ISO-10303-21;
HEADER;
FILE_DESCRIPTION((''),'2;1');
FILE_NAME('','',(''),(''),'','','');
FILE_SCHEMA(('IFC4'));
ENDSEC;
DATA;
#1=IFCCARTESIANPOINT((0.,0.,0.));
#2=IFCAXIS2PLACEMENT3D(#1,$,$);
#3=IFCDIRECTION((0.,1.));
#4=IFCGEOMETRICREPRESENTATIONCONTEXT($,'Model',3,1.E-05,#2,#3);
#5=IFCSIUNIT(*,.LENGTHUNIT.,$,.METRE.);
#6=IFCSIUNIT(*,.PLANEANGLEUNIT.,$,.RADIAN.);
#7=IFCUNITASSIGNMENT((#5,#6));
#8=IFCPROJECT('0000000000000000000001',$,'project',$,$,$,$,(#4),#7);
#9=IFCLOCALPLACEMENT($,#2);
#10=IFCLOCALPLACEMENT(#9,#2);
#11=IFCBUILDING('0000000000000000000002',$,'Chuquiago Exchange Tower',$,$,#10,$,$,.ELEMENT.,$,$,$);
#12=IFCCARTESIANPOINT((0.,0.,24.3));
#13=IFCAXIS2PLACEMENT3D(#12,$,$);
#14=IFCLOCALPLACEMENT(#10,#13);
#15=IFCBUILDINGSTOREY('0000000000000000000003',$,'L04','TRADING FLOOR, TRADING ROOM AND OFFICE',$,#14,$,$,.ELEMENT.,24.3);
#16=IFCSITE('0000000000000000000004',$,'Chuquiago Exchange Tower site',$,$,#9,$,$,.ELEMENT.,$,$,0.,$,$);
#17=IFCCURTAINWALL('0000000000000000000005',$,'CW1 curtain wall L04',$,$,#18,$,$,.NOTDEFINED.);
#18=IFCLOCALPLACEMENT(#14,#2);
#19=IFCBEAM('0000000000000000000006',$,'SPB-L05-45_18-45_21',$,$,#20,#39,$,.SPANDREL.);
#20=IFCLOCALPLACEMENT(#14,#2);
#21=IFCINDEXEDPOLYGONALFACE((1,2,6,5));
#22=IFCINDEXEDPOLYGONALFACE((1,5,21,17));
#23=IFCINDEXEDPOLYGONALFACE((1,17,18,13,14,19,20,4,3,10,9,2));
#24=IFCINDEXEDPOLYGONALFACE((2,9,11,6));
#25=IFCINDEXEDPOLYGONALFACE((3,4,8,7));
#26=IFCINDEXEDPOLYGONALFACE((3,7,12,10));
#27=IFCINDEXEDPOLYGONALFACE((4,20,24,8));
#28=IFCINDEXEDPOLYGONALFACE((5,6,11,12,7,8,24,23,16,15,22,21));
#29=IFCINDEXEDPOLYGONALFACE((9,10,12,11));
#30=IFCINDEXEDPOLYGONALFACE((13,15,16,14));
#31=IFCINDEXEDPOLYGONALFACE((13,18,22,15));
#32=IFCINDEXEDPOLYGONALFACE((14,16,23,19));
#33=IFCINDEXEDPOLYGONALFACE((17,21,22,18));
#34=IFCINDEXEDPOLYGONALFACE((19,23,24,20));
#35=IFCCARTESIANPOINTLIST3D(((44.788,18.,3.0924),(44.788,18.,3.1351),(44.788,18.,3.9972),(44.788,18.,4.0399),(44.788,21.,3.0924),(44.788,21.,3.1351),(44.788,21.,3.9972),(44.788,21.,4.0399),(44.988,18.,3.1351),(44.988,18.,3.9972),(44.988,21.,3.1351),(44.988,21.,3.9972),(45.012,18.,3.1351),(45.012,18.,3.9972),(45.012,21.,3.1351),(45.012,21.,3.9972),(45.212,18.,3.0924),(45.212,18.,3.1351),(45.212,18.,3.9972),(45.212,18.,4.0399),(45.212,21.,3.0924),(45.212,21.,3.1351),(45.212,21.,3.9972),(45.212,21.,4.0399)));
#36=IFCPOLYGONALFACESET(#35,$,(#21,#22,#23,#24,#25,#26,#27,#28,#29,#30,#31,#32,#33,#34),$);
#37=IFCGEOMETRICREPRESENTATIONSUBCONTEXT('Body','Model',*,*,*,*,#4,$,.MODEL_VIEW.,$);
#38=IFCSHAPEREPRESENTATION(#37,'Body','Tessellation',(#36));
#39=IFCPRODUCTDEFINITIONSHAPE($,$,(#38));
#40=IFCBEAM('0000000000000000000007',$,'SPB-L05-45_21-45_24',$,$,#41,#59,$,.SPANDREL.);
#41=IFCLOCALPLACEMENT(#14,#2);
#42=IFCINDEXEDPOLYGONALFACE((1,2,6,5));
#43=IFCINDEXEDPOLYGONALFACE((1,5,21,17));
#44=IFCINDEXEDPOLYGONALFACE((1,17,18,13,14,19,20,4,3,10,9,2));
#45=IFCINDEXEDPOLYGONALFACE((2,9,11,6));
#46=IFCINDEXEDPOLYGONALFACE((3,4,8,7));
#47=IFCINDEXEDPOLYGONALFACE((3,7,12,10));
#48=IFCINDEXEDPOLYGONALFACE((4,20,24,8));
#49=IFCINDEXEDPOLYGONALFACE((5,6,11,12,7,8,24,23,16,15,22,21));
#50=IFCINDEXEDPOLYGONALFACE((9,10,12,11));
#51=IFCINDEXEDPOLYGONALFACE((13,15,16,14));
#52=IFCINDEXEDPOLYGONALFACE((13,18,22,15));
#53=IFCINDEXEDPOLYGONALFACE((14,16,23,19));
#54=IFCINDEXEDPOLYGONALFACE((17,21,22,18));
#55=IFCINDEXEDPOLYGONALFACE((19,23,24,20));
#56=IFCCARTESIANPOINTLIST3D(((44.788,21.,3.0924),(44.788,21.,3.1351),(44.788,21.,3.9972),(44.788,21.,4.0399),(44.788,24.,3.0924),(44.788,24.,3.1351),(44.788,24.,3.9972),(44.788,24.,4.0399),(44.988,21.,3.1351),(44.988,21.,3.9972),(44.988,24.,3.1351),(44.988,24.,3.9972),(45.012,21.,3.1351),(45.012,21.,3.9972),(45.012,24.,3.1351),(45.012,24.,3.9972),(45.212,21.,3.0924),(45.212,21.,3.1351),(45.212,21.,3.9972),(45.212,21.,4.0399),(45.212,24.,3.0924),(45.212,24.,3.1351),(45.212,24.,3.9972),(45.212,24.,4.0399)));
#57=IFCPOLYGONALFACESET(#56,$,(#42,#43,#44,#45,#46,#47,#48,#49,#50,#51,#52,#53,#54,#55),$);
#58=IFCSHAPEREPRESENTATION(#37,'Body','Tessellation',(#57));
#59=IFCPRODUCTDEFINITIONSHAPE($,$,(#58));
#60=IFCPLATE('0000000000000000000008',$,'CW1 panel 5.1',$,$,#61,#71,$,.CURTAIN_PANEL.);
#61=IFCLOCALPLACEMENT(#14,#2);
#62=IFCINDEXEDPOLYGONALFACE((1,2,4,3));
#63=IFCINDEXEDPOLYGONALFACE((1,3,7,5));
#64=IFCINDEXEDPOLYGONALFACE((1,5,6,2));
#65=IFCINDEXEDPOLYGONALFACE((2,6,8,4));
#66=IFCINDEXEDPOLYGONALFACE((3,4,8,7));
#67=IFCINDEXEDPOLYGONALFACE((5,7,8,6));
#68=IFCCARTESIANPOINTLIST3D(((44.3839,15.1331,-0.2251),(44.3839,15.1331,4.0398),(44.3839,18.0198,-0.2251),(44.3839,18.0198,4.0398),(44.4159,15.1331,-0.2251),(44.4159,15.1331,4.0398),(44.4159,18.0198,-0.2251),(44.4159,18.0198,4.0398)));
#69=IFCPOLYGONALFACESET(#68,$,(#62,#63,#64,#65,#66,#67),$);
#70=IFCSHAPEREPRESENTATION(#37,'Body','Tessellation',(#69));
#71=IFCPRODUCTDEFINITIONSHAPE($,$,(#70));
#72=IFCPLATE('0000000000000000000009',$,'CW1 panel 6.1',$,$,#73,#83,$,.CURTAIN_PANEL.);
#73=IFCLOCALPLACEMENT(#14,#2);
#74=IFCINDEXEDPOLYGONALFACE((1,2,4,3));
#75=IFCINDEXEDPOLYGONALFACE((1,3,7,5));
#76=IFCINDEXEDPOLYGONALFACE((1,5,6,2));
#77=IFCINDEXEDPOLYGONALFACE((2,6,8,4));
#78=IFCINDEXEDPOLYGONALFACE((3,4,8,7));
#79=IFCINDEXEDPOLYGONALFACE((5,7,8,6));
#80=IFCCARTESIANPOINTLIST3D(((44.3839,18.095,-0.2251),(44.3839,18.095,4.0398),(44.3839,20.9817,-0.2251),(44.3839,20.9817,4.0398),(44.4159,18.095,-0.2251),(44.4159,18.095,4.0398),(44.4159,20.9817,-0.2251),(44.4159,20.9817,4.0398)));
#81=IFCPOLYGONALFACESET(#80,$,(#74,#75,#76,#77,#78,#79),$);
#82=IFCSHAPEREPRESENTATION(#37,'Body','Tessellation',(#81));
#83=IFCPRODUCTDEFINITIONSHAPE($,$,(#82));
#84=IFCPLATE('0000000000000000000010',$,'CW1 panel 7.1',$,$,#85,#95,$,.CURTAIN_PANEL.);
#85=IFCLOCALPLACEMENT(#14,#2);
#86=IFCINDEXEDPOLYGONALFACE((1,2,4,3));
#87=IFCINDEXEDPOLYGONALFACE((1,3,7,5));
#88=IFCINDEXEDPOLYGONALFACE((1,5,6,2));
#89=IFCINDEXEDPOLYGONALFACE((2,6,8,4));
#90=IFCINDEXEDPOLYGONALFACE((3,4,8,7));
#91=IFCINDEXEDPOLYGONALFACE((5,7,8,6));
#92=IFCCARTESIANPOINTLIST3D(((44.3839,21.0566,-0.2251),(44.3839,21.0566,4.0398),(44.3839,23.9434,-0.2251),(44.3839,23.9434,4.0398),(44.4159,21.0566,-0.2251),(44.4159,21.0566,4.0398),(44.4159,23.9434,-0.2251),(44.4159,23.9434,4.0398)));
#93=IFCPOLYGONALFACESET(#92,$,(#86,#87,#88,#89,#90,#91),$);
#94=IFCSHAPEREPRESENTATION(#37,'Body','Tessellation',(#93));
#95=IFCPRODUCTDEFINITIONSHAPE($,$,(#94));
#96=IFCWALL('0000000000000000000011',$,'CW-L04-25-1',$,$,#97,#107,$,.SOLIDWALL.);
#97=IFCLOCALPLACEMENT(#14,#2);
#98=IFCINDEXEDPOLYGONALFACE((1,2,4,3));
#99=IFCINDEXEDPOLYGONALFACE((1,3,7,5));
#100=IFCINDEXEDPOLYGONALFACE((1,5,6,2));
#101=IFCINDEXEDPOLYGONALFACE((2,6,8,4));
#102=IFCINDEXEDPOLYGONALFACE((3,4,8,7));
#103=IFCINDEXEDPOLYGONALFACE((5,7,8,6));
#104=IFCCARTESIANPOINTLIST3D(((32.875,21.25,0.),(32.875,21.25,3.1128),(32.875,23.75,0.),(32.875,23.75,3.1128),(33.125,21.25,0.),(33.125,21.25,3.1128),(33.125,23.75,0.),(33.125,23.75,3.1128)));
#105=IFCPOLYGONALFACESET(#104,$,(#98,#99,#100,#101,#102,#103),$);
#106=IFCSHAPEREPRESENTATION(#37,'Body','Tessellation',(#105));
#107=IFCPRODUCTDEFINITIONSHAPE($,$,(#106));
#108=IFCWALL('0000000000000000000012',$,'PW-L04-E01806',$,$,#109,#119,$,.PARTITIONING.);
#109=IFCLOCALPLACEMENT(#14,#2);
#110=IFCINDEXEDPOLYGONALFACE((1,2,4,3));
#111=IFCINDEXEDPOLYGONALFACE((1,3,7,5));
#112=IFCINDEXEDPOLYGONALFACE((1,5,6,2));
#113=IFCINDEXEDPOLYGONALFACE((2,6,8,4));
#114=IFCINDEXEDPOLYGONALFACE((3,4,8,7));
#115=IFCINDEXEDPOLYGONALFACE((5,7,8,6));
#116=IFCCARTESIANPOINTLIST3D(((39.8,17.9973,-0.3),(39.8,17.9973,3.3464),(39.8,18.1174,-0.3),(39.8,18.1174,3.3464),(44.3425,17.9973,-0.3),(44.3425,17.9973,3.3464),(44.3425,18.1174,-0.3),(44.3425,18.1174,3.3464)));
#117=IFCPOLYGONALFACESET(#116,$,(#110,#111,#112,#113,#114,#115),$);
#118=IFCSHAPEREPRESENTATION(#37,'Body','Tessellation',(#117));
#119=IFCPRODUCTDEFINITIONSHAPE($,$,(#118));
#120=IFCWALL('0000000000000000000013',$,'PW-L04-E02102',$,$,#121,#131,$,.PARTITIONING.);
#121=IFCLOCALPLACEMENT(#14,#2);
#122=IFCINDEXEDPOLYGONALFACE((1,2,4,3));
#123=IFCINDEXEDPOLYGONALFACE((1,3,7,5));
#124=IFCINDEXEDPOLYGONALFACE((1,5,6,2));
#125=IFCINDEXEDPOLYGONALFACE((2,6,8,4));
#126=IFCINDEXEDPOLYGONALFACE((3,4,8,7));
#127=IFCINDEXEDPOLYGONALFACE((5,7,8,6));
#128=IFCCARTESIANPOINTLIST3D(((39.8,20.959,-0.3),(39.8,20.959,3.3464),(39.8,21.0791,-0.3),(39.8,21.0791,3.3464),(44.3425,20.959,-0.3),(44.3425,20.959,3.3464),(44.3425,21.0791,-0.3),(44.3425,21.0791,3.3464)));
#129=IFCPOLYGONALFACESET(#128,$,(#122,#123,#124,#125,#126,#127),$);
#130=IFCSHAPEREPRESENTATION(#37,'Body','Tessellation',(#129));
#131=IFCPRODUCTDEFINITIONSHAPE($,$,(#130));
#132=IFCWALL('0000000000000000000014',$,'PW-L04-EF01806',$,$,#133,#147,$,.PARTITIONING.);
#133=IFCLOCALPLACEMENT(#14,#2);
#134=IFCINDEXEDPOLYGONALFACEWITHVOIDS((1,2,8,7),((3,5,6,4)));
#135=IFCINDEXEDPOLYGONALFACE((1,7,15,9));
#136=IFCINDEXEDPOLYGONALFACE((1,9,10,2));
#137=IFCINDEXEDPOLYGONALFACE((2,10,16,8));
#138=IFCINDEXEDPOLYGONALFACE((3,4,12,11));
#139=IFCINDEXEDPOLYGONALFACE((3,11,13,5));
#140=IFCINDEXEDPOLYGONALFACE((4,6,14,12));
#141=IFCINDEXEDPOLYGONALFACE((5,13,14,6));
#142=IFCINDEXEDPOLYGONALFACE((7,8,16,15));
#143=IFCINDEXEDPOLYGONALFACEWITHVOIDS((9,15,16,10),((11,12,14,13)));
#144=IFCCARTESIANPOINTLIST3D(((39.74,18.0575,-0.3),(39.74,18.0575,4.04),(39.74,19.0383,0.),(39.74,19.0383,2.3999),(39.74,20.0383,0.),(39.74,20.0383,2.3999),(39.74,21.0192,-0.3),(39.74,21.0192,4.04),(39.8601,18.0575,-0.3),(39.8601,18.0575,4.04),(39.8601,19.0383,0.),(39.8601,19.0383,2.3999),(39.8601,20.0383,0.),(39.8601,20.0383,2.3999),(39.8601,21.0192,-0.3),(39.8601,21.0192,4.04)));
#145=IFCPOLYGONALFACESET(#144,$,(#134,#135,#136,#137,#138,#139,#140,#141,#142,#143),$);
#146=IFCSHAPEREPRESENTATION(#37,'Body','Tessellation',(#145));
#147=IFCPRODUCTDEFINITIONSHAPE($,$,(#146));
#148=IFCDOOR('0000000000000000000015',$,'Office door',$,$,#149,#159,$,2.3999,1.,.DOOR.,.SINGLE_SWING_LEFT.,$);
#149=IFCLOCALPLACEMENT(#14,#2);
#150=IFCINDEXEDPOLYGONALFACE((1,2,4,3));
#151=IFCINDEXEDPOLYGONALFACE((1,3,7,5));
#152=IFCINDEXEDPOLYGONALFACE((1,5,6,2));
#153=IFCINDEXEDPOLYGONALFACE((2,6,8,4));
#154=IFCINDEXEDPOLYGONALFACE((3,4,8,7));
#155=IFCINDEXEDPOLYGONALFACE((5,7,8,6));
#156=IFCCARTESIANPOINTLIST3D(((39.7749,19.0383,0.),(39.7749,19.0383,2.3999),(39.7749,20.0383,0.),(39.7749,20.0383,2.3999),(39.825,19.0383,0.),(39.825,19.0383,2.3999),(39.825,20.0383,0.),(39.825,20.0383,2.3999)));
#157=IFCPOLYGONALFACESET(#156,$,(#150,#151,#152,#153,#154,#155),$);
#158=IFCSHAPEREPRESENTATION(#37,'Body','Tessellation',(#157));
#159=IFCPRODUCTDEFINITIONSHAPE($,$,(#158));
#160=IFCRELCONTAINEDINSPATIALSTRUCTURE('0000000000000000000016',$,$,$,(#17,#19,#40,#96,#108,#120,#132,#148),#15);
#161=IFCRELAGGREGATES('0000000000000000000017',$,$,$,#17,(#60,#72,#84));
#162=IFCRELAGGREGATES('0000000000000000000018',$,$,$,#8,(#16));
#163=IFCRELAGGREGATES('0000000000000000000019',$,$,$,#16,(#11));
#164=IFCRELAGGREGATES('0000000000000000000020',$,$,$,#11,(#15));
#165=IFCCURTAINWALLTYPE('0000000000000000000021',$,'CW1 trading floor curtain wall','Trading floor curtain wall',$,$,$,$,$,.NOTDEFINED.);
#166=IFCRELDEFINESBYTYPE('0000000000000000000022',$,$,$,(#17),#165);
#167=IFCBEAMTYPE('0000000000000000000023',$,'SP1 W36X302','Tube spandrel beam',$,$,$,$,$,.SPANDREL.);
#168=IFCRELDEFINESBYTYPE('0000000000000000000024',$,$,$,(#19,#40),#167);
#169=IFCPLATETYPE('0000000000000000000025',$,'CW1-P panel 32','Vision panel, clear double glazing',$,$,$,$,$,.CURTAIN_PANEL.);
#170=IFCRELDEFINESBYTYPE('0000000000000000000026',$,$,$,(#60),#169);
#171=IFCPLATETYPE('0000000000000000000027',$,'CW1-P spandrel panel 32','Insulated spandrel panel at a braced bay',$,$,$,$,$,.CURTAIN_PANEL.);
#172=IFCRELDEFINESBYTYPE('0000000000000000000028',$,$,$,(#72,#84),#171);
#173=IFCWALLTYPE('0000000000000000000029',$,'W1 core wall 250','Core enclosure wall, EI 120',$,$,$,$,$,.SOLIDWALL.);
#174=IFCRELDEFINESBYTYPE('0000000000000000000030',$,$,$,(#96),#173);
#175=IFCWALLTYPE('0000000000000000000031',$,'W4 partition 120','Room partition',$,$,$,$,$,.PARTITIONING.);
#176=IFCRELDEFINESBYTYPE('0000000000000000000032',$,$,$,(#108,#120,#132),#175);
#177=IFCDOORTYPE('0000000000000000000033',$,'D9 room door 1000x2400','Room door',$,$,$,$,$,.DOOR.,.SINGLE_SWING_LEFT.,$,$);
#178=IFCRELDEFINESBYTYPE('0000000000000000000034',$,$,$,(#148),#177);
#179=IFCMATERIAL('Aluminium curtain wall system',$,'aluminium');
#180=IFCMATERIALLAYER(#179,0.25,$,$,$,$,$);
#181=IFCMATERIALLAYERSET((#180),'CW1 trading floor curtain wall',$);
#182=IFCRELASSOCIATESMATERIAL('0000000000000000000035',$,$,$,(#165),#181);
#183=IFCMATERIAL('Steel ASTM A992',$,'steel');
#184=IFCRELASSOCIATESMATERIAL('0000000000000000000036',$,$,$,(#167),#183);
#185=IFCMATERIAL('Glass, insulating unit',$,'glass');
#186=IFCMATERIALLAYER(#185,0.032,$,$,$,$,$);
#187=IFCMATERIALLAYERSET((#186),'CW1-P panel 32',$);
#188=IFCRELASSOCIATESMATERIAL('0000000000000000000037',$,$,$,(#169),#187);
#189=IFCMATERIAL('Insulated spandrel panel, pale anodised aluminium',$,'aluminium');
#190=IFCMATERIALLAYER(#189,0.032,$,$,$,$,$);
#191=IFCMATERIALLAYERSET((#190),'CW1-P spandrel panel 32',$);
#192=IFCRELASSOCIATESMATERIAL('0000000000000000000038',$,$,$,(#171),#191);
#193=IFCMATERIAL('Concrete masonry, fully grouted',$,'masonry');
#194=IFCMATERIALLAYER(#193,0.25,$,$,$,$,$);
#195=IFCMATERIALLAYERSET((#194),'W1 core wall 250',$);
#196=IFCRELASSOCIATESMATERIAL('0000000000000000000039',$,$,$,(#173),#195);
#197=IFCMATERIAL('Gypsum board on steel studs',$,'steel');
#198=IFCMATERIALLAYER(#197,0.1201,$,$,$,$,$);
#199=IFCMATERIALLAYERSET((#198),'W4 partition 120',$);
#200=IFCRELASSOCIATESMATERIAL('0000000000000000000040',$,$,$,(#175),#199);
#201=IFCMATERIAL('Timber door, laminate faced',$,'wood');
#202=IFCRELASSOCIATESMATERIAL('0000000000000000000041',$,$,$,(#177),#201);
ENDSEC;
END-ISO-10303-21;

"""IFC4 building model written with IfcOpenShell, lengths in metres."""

from ifc_helpers import new_model, si_unit, direction, frame, frame_2d, origin, origin_2d, place, context, subcontext, project, spatial, rectangle, i_section, extrude, material, layer, layer_set, material_profile, profile_set, type_object, element, fill, aggregate, save


model = new_model("IFC4")

# Units and contexts
model_context = context("Model", 3, precision=1e-05, world=origin(), true_north=direction((0.0, 1.0)))
body_context = subcontext(model_context, "Body", "Model", "MODEL_VIEW")
ifc_project = project(units=[si_unit("LENGTHUNIT", "METRE"), si_unit("PLANEANGLEUNIT", "RADIAN")], contexts=[model_context])

# Site, building, storey
site_placement = place(None, origin())
site = spatial("IfcSite", under=ifc_project, at=site_placement, Name="Chuquiago Exchange Tower site", CompositionType="ELEMENT", RefElevation=0.0)
building_placement = place(site_placement, origin())
building = spatial("IfcBuilding", under=site, at=building_placement, Name="Chuquiago Exchange Tower", CompositionType="ELEMENT")
storey_placement = place(building_placement, frame((0.0, 0.0, 24.3)))
storey = spatial("IfcBuildingStorey", under=building, at=storey_placement, Name="L04", Description="TRADING FLOOR, TRADING ROOM AND OFFICE", CompositionType="ELEMENT", Elevation=24.3)

# Curtain wall
ifc_material_1 = material(Name="Aluminium curtain wall system", Category="aluminium")
ifc_layer_1 = layer(ifc_material_1, 0.25)
ifc_layer_set_1 = layer_set([ifc_layer_1], Name="CW1 trading floor curtain wall")
curtain_wall_type = type_object("IfcCurtainWallType", Name="CW1 trading floor curtain wall", Description="Trading floor curtain wall", PredefinedType="NOTDEFINED", material=ifc_layer_set_1)
curtain_wall_placement = place(storey_placement, origin())
curtain_wall = element("IfcCurtainWall", 1, at=curtain_wall_placement, inside=storey, type_object=curtain_wall_type, Name="CW1 curtain wall L04", PredefinedType="NOTDEFINED")

# Beams
ifc_material_2 = material(Name="Steel ASTM A992", Category="steel")
ifc_material_profile_1 = material_profile(ifc_material_2, i_section(OverallWidth=0.4241, OverallDepth=0.9475, WebThickness=0.0239, FlangeThickness=0.0427, at=origin_2d()), Name="W36X302")
ifc_profile_set_1 = profile_set([ifc_material_profile_1], Name="Steel ASTM A992")
beam_type_1 = type_object("IfcBeamType", Name="SP1 W36X302", Description="Tube spandrel beam", PredefinedType="SPANDREL", material=ifc_profile_set_1)
for number, where, z_axis, x_axis, name in (
    (2, (45.0, 18.0, 3.5662), (0.0, 1.0, 0.0), (-1.0, 0.0, 0.0), "SPB-L05-45_18-45_21"),
    (3, (45.0, 21.0, 3.5662), (0.0, 1.0, 0.0), (-1.0, 0.0, 0.0), "SPB-L05-45_21-45_24"),
):
    element("IfcBeam", number, at=place(storey_placement, frame(where, z_axis=z_axis, x_axis=x_axis)), inside=storey, type_object=beam_type_1, Name=name, PredefinedType="SPANDREL", context=body_context, shape_type="SweptSolid", body=[
        extrude(i_section(OverallWidth=0.4241, OverallDepth=0.9475, WebThickness=0.0239, FlangeThickness=0.0427, at=origin_2d()), origin(), (0.0, 0.0, 1.0), 3.0),
    ])

# Plates
ifc_material_3 = material(Name="Glass, insulating unit", Category="glass")
ifc_layer_2 = layer(ifc_material_3, 0.032)
ifc_layer_set_2 = layer_set([ifc_layer_2], Name="CW1-P panel 32")
plate_type_1 = type_object("IfcPlateType", Name="CW1-P panel 32", Description="Vision panel, clear double glazing", PredefinedType="CURTAIN_PANEL", material=ifc_layer_set_2)
plate_1_placement = place(storey_placement, frame((44.3999, 16.5764, -0.2251), z_axis=(0.0, 0.0, 1.0), x_axis=(0.0, 1.0, 0.0)))
plate_1 = element("IfcPlate", 4, at=plate_1_placement, type_object=plate_type_1, Name="CW1 panel 5.1", PredefinedType="CURTAIN_PANEL", context=body_context, shape_type="SweptSolid", body=[
    extrude(rectangle(XDim=2.8867, YDim=0.032, at=origin_2d()), origin(), (0.0, 0.0, 1.0), 4.2649),
])
ifc_material_4 = material(Name="Insulated spandrel panel, pale anodised aluminium", Category="aluminium")
ifc_layer_3 = layer(ifc_material_4, 0.032)
ifc_layer_set_3 = layer_set([ifc_layer_3], Name="CW1-P spandrel panel 32")
plate_type_2 = type_object("IfcPlateType", Name="CW1-P spandrel panel 32", Description="Insulated spandrel panel at a braced bay", PredefinedType="CURTAIN_PANEL", material=ifc_layer_set_3)
plate_2_placement = place(storey_placement, frame((44.3999, 19.5383, -0.2251), z_axis=(0.0, 0.0, 1.0), x_axis=(0.0, 1.0, 0.0)))
plate_2 = element("IfcPlate", 5, at=plate_2_placement, type_object=plate_type_2, Name="CW1 panel 6.1", PredefinedType="CURTAIN_PANEL", context=body_context, shape_type="SweptSolid", body=[
    extrude(rectangle(XDim=2.8867, YDim=0.032, at=origin_2d()), origin(), (0.0, 0.0, 1.0), 4.2649),
])
plate_3_placement = place(storey_placement, frame((44.3999, 22.5, -0.2251), z_axis=(0.0, 0.0, 1.0), x_axis=(0.0, 1.0, 0.0)))
plate_3 = element("IfcPlate", 6, at=plate_3_placement, type_object=plate_type_2, Name="CW1 panel 7.1", PredefinedType="CURTAIN_PANEL", context=body_context, shape_type="SweptSolid", body=[
    extrude(rectangle(XDim=2.8867, YDim=0.032, at=origin_2d()), origin(), (0.0, 0.0, 1.0), 4.2649),
])
aggregate(curtain_wall, [plate_1, plate_2, plate_3])

# Walls
ifc_material_5 = material(Name="Concrete masonry, fully grouted", Category="masonry")
ifc_layer_4 = layer(ifc_material_5, 0.25)
ifc_layer_set_4 = layer_set([ifc_layer_4], Name="W1 core wall 250")
wall_type_1 = type_object("IfcWallType", Name="W1 core wall 250", Description="Core enclosure wall, EI 120", PredefinedType="SOLIDWALL", material=ifc_layer_set_4)
wall_1_placement = place(storey_placement, frame((33.0, 21.25, 0.0), z_axis=(0.0, 0.0, 1.0), x_axis=(0.0, 1.0, 0.0)))
element("IfcWall", 7, at=wall_1_placement, inside=storey, type_object=wall_type_1, Name="CW-L04-25-1", PredefinedType="SOLIDWALL", context=body_context, shape_type="SweptSolid", body=[
    extrude(rectangle(XDim=2.5, YDim=0.25, at=frame_2d((1.25, 0.0))), origin(), (0.0, 0.0, 1.0), 3.1128),
])
ifc_material_6 = material(Name="Gypsum board on steel studs", Category="steel")
ifc_layer_5 = layer(ifc_material_6, 0.1201)
ifc_layer_set_5 = layer_set([ifc_layer_5], Name="W4 partition 120")
wall_type_2 = type_object("IfcWallType", Name="W4 partition 120", Description="Room partition", PredefinedType="PARTITIONING", material=ifc_layer_set_5)
for number, where, z_axis, x_axis, name in (
    (8, (44.3425, 18.0574, -0.3), (0.0, 0.0, 1.0), (-1.0, 0.0, 0.0), "PW-L04-E01806"),
    (9, (44.3425, 21.019, -0.3), (0.0, 0.0, 1.0), (-1.0, 0.0, 0.0), "PW-L04-E02102"),
):
    element("IfcWall", number, at=place(storey_placement, frame(where, z_axis=z_axis, x_axis=x_axis)), inside=storey, type_object=wall_type_2, Name=name, PredefinedType="PARTITIONING", context=body_context, shape_type="SweptSolid", body=[
        extrude(rectangle(XDim=4.5425, YDim=0.1201, at=frame_2d((2.2712, 0.0))), origin(), (0.0, 0.0, 1.0), 3.6465),
    ])

# Wall, opening, door
wall_2_placement = place(storey_placement, frame((39.8, 18.0574, -0.3), z_axis=(0.0, 0.0, 1.0), x_axis=(0.0, 1.0, 0.0)))
wall_2 = element("IfcWall", 10, at=wall_2_placement, inside=storey, type_object=wall_type_2, Name="PW-L04-EF01806", PredefinedType="PARTITIONING", context=body_context, shape_type="SweptSolid", body=[
    extrude(rectangle(XDim=2.9617, YDim=0.1201, at=frame_2d((1.481, 0.0))), origin(), (0.0, 0.0, 1.0), 4.3401),
])
opening_1_placement = place(wall_2_placement, frame((0.981, 0.0, 0.3)))
opening_1 = element("IfcOpeningElement", 11, at=opening_1_placement, cuts=wall_2, PredefinedType="OPENING", context=body_context, shape_type="SweptSolid", body=[
    extrude(rectangle(XDim=1.0, YDim=2.3999, at=frame_2d((0.5, 1.2))), frame((0.0, 0.0701, 0.0), z_axis=(0.0, -1.0, 0.0), x_axis=(1.0, 0.0, 0.0)), (0.0, 0.0, 1.0), 0.1401),
])
ifc_material_7 = material(Name="Timber door, laminate faced", Category="wood")
door_type = type_object("IfcDoorType", Name="D9 room door 1000x2400", Description="Room door", OperationType="SINGLE_SWING_LEFT", PredefinedType="DOOR", material=ifc_material_7)
door_1_placement = place(opening_1_placement, frame((1.0, 0.0, 0.0), z_axis=(0.0, 0.0, 1.0), x_axis=(-1.0, 0.0, 0.0)))
door_1 = element("IfcDoor", 12, at=door_1_placement, inside=storey, type_object=door_type, Name="Office door", OperationType="SINGLE_SWING_LEFT", OverallHeight=2.3999, OverallWidth=1.0, PredefinedType="DOOR", context=body_context, shape_type="SweptSolid", body=[
    extrude(rectangle(XDim=1.0, YDim=2.3999, at=frame_2d((0.5, 1.2))), frame((0.0, 0.0249, 0.0), z_axis=(0.0, -1.0, 0.0), x_axis=(1.0, 0.0, 0.0)), (0.0, 0.0, 1.0), 0.05),
])
fill(opening_1, door_1)

save(model, "model.ifc")
